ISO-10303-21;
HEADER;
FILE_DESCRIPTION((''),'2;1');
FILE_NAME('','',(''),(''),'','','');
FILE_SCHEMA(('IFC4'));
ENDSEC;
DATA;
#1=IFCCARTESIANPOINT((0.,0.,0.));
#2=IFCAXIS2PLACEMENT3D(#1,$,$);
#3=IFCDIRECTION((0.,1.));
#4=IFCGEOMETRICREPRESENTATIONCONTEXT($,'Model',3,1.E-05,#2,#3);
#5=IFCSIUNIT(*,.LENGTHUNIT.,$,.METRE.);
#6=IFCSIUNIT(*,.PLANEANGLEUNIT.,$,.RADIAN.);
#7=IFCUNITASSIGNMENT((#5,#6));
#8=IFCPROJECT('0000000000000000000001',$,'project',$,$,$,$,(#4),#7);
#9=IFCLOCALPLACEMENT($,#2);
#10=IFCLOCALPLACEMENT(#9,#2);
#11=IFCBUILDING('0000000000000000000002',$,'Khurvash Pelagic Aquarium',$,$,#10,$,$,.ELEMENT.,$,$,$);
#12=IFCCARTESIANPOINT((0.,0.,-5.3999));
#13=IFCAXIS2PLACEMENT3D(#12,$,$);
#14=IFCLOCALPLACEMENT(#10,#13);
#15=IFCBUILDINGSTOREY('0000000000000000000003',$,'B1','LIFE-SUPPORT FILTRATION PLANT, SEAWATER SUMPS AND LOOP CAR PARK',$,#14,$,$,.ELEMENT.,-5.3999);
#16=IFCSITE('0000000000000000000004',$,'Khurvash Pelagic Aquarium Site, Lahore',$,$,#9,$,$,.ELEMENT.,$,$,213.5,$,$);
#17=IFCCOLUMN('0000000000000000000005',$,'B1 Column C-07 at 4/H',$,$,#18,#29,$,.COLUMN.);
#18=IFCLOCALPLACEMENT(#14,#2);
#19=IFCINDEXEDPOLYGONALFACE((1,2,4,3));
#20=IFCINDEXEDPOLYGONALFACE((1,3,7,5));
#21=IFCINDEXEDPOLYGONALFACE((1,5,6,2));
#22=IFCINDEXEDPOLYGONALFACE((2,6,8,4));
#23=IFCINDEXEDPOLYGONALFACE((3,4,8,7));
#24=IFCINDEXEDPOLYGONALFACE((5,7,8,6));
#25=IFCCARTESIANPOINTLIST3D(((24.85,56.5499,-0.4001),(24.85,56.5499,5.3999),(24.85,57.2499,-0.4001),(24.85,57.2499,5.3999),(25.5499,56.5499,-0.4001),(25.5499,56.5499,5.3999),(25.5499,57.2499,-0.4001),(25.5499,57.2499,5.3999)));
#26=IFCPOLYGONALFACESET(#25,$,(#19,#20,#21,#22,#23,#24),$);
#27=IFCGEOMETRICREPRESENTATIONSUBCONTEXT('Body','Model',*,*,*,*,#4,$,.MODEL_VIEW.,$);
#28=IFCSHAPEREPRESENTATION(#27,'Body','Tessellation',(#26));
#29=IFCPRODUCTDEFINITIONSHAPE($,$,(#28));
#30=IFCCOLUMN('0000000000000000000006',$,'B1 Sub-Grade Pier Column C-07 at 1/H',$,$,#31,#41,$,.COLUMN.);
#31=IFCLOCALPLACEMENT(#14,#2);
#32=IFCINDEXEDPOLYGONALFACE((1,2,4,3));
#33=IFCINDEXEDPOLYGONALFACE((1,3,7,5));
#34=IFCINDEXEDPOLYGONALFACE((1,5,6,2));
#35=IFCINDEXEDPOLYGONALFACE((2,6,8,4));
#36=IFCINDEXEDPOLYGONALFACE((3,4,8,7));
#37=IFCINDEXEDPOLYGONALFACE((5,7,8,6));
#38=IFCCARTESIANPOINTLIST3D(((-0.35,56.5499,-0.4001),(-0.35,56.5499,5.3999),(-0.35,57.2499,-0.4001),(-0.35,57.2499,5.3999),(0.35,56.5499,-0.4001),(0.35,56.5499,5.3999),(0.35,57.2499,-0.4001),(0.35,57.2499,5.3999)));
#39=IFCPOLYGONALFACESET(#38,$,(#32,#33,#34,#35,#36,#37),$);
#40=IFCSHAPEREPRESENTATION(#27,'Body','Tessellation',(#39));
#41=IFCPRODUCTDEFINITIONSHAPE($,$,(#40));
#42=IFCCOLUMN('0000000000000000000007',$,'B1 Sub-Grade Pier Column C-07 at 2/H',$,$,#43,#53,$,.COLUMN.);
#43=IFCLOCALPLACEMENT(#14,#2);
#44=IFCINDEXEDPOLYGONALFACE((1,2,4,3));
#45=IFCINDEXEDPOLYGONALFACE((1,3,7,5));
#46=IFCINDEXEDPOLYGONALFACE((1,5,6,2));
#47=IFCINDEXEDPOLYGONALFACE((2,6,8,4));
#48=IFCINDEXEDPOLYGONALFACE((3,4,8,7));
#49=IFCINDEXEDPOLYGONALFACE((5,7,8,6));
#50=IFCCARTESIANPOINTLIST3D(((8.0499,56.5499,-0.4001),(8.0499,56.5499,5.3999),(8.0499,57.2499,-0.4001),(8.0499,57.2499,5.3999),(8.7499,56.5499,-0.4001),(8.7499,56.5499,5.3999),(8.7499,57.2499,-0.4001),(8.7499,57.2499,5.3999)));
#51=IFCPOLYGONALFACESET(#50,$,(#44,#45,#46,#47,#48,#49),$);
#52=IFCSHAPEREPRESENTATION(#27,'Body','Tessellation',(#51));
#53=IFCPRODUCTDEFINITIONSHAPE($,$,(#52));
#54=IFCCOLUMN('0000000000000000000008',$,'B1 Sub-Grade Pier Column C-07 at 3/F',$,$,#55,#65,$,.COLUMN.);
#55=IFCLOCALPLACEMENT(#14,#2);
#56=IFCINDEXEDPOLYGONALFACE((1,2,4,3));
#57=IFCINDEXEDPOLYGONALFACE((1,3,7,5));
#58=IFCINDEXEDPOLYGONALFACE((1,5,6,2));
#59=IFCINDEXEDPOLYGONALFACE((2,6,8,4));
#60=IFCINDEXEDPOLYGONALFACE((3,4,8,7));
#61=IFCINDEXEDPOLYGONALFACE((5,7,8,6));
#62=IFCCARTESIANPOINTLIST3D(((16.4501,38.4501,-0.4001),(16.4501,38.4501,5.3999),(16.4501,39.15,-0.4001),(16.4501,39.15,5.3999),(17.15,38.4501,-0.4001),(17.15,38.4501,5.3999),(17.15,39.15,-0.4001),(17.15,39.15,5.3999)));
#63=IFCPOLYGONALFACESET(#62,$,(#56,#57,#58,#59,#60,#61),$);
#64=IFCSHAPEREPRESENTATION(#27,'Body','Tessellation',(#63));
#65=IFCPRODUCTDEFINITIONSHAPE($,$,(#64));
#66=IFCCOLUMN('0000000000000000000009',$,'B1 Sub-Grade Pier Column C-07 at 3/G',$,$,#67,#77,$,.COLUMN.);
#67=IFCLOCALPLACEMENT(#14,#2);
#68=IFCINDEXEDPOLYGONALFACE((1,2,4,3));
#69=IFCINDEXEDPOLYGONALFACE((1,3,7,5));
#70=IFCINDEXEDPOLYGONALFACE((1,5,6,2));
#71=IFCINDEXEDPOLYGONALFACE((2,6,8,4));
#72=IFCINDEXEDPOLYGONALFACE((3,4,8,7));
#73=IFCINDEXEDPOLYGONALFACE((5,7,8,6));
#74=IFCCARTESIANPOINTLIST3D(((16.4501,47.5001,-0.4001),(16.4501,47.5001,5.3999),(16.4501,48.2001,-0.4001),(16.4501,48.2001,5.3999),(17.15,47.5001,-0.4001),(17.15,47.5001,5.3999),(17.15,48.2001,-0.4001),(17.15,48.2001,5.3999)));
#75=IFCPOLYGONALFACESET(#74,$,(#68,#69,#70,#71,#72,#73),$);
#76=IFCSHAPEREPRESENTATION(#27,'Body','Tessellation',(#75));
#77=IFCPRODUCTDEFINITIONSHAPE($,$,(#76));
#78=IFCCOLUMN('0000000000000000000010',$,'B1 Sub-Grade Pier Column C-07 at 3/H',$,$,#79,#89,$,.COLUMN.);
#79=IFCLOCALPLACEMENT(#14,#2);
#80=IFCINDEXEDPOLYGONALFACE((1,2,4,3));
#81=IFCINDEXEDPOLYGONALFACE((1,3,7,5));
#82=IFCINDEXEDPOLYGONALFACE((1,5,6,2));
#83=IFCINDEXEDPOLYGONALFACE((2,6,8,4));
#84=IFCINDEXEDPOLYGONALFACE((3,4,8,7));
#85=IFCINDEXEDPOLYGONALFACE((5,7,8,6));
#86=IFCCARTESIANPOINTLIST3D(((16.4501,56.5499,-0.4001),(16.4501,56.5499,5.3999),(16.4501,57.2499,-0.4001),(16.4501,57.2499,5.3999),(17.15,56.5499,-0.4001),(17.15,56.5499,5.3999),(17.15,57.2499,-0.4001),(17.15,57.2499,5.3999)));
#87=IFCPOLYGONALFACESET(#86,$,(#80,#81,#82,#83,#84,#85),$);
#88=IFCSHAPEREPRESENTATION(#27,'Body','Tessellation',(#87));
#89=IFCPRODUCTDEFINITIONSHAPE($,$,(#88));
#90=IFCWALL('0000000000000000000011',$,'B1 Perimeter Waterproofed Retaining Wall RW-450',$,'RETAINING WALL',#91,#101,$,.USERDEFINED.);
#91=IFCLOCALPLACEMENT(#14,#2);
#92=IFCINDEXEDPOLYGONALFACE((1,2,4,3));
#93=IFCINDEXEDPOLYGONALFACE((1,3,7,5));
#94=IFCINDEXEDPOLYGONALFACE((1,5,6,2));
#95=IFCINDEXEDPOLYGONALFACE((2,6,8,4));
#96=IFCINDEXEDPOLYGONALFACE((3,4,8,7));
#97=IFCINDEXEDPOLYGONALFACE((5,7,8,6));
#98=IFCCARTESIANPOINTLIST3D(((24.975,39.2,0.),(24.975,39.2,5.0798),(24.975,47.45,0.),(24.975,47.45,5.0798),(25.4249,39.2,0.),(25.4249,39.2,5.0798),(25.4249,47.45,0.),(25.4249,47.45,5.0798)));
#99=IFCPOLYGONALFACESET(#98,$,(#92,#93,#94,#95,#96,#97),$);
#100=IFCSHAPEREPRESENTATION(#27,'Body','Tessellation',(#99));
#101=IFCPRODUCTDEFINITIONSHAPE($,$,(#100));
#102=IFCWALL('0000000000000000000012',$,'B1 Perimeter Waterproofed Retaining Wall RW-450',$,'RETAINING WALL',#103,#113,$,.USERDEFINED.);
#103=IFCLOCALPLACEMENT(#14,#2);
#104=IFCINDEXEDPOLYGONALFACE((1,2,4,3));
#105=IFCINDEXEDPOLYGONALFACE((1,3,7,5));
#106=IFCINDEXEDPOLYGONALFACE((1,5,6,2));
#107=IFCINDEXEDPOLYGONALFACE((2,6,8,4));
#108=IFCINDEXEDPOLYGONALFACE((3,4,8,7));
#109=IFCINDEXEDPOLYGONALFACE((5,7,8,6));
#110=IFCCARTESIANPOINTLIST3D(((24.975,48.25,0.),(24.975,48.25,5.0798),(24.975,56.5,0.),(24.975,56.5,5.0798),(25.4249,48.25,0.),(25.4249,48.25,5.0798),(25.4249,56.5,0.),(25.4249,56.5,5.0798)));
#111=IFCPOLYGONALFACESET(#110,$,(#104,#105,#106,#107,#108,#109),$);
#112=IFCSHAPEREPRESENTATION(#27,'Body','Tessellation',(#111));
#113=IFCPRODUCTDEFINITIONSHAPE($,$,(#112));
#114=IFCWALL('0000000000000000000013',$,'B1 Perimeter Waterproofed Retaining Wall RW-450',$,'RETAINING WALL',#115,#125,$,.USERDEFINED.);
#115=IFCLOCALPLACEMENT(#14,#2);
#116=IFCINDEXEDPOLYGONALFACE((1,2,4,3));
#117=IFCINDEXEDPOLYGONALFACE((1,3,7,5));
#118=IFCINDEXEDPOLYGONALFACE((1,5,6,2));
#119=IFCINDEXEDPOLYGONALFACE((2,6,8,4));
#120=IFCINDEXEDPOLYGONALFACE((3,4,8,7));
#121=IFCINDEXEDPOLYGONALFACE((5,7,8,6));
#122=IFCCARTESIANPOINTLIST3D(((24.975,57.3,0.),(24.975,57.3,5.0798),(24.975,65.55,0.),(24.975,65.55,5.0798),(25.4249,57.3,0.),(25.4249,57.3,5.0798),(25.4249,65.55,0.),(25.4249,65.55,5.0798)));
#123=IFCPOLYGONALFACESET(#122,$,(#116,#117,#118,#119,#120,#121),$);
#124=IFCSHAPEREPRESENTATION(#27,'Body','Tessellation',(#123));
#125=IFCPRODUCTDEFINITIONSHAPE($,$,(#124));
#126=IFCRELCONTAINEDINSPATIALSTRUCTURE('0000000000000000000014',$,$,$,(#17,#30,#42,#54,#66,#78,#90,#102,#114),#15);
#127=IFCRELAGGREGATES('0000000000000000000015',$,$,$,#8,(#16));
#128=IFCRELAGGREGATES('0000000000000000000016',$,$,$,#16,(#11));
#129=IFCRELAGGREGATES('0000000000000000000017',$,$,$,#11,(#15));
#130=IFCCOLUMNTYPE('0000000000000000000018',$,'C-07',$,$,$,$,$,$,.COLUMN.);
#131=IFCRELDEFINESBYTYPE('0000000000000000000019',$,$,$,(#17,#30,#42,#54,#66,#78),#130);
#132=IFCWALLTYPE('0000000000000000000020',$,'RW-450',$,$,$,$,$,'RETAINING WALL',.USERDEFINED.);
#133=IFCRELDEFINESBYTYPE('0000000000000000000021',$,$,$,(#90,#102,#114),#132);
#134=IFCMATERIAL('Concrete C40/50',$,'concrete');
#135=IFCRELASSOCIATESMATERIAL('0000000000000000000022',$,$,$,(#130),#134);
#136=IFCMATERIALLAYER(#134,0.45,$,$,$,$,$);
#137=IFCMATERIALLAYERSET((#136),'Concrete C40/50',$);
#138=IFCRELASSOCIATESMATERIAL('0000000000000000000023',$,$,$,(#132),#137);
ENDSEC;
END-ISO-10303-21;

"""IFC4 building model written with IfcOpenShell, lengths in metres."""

from ifc_helpers import new_model, si_unit, direction, frame, frame_2d, origin, origin_2d, place, context, subcontext, project, spatial, rectangle, extrude, material, layer, layer_set, material_profile, profile_set, type_object, element, save


model = new_model("IFC4")

# Units and contexts
model_context = context("Model", 3, precision=1e-05, world=origin(), true_north=direction((0.0, 1.0)))
body_context = subcontext(model_context, "Body", "Model", "MODEL_VIEW")
ifc_project = project(units=[si_unit("LENGTHUNIT", "METRE"), si_unit("PLANEANGLEUNIT", "RADIAN")], contexts=[model_context])

# Site, building, storey
site_placement = place(None, origin())
site = spatial("IfcSite", under=ifc_project, at=site_placement, Name="Khurvash Pelagic Aquarium Site, Lahore", CompositionType="ELEMENT", RefElevation=213.5)
building_placement = place(site_placement, origin())
building = spatial("IfcBuilding", under=site, at=building_placement, Name="Khurvash Pelagic Aquarium", CompositionType="ELEMENT")
storey_placement = place(building_placement, frame((0.0, 0.0, -5.3999)))
storey = spatial("IfcBuildingStorey", under=building, at=storey_placement, Name="B1", Description="LIFE-SUPPORT FILTRATION PLANT, SEAWATER SUMPS AND LOOP CAR PARK", CompositionType="ELEMENT", Elevation=-5.3999)

# Columns
ifc_material_1 = material(Name="Concrete C40/50", Category="concrete")
ifc_material_profile_1 = material_profile(ifc_material_1, rectangle(XDim=0.7, YDim=0.7, at=origin_2d()), Name="RC700X700")
ifc_profile_set_1 = profile_set([ifc_material_profile_1], Name="Concrete C40/50")
column_type = type_object("IfcColumnType", Name="C-07", PredefinedType="COLUMN", material=ifc_profile_set_1)
for number, where, z_axis, x_axis, name in (
    (1, (25.2, 56.8999, -0.4001), (0.0, 0.0, 1.0), (1.0, 0.0, 0.0), "B1 Column C-07 at 4/H"),
    (2, (0.0, 56.8999, -0.4001), (0.0, 0.0, 1.0), (1.0, 0.0, 0.0), "B1 Sub-Grade Pier Column C-07 at 1/H"),
    (3, (8.3999, 56.8999, -0.4001), (0.0, 0.0, 1.0), (1.0, 0.0, 0.0), "B1 Sub-Grade Pier Column C-07 at 2/H"),
    (4, (16.8, 38.8, -0.4001), (0.0, 0.0, 1.0), (1.0, 0.0, 0.0), "B1 Sub-Grade Pier Column C-07 at 3/F"),
    (5, (16.8, 47.8501, -0.4001), (0.0, 0.0, 1.0), (1.0, 0.0, 0.0), "B1 Sub-Grade Pier Column C-07 at 3/G"),
    (6, (16.8, 56.8999, -0.4001), (0.0, 0.0, 1.0), (1.0, 0.0, 0.0), "B1 Sub-Grade Pier Column C-07 at 3/H"),
):
    element("IfcColumn", number, at=place(storey_placement, frame(where, z_axis=z_axis, x_axis=x_axis)), inside=storey, type_object=column_type, Name=name, PredefinedType="COLUMN", context=body_context, shape_type="SweptSolid", body=[
        extrude(rectangle(XDim=0.7, YDim=0.7, at=origin_2d()), origin(), (0.0, 0.0, 1.0), 5.8),
    ])

# Walls
ifc_layer_1 = layer(ifc_material_1, 0.45)
ifc_layer_set_1 = layer_set([ifc_layer_1], Name="Concrete C40/50")
wall_type = type_object("IfcWallType", Name="RW-450", ElementType="RETAINING WALL", PredefinedType="USERDEFINED", material=ifc_layer_set_1)
for number, where, z_axis, x_axis, name in (
    (7, (25.2, 39.2, 0.0), (0.0, 0.0, 1.0), (0.0, 1.0, 0.0), "B1 Perimeter Waterproofed Retaining Wall RW-450"),
    (8, (25.2, 48.25, 0.0), (0.0, 0.0, 1.0), (0.0, 1.0, 0.0), "B1 Perimeter Waterproofed Retaining Wall RW-450"),
    (9, (25.2, 57.3, 0.0), (0.0, 0.0, 1.0), (0.0, 1.0, 0.0), "B1 Perimeter Waterproofed Retaining Wall RW-450"),
):
    element("IfcWall", number, at=place(storey_placement, frame(where, z_axis=z_axis, x_axis=x_axis)), inside=storey, type_object=wall_type, Name=name, ObjectType="RETAINING WALL", PredefinedType="USERDEFINED", context=body_context, shape_type="SweptSolid", body=[
        extrude(rectangle(XDim=8.25, YDim=0.45, at=frame_2d((4.125, 0.0))), origin(), (0.0, 0.0, 1.0), 5.0798),
    ])

save(model, "model.ifc")
